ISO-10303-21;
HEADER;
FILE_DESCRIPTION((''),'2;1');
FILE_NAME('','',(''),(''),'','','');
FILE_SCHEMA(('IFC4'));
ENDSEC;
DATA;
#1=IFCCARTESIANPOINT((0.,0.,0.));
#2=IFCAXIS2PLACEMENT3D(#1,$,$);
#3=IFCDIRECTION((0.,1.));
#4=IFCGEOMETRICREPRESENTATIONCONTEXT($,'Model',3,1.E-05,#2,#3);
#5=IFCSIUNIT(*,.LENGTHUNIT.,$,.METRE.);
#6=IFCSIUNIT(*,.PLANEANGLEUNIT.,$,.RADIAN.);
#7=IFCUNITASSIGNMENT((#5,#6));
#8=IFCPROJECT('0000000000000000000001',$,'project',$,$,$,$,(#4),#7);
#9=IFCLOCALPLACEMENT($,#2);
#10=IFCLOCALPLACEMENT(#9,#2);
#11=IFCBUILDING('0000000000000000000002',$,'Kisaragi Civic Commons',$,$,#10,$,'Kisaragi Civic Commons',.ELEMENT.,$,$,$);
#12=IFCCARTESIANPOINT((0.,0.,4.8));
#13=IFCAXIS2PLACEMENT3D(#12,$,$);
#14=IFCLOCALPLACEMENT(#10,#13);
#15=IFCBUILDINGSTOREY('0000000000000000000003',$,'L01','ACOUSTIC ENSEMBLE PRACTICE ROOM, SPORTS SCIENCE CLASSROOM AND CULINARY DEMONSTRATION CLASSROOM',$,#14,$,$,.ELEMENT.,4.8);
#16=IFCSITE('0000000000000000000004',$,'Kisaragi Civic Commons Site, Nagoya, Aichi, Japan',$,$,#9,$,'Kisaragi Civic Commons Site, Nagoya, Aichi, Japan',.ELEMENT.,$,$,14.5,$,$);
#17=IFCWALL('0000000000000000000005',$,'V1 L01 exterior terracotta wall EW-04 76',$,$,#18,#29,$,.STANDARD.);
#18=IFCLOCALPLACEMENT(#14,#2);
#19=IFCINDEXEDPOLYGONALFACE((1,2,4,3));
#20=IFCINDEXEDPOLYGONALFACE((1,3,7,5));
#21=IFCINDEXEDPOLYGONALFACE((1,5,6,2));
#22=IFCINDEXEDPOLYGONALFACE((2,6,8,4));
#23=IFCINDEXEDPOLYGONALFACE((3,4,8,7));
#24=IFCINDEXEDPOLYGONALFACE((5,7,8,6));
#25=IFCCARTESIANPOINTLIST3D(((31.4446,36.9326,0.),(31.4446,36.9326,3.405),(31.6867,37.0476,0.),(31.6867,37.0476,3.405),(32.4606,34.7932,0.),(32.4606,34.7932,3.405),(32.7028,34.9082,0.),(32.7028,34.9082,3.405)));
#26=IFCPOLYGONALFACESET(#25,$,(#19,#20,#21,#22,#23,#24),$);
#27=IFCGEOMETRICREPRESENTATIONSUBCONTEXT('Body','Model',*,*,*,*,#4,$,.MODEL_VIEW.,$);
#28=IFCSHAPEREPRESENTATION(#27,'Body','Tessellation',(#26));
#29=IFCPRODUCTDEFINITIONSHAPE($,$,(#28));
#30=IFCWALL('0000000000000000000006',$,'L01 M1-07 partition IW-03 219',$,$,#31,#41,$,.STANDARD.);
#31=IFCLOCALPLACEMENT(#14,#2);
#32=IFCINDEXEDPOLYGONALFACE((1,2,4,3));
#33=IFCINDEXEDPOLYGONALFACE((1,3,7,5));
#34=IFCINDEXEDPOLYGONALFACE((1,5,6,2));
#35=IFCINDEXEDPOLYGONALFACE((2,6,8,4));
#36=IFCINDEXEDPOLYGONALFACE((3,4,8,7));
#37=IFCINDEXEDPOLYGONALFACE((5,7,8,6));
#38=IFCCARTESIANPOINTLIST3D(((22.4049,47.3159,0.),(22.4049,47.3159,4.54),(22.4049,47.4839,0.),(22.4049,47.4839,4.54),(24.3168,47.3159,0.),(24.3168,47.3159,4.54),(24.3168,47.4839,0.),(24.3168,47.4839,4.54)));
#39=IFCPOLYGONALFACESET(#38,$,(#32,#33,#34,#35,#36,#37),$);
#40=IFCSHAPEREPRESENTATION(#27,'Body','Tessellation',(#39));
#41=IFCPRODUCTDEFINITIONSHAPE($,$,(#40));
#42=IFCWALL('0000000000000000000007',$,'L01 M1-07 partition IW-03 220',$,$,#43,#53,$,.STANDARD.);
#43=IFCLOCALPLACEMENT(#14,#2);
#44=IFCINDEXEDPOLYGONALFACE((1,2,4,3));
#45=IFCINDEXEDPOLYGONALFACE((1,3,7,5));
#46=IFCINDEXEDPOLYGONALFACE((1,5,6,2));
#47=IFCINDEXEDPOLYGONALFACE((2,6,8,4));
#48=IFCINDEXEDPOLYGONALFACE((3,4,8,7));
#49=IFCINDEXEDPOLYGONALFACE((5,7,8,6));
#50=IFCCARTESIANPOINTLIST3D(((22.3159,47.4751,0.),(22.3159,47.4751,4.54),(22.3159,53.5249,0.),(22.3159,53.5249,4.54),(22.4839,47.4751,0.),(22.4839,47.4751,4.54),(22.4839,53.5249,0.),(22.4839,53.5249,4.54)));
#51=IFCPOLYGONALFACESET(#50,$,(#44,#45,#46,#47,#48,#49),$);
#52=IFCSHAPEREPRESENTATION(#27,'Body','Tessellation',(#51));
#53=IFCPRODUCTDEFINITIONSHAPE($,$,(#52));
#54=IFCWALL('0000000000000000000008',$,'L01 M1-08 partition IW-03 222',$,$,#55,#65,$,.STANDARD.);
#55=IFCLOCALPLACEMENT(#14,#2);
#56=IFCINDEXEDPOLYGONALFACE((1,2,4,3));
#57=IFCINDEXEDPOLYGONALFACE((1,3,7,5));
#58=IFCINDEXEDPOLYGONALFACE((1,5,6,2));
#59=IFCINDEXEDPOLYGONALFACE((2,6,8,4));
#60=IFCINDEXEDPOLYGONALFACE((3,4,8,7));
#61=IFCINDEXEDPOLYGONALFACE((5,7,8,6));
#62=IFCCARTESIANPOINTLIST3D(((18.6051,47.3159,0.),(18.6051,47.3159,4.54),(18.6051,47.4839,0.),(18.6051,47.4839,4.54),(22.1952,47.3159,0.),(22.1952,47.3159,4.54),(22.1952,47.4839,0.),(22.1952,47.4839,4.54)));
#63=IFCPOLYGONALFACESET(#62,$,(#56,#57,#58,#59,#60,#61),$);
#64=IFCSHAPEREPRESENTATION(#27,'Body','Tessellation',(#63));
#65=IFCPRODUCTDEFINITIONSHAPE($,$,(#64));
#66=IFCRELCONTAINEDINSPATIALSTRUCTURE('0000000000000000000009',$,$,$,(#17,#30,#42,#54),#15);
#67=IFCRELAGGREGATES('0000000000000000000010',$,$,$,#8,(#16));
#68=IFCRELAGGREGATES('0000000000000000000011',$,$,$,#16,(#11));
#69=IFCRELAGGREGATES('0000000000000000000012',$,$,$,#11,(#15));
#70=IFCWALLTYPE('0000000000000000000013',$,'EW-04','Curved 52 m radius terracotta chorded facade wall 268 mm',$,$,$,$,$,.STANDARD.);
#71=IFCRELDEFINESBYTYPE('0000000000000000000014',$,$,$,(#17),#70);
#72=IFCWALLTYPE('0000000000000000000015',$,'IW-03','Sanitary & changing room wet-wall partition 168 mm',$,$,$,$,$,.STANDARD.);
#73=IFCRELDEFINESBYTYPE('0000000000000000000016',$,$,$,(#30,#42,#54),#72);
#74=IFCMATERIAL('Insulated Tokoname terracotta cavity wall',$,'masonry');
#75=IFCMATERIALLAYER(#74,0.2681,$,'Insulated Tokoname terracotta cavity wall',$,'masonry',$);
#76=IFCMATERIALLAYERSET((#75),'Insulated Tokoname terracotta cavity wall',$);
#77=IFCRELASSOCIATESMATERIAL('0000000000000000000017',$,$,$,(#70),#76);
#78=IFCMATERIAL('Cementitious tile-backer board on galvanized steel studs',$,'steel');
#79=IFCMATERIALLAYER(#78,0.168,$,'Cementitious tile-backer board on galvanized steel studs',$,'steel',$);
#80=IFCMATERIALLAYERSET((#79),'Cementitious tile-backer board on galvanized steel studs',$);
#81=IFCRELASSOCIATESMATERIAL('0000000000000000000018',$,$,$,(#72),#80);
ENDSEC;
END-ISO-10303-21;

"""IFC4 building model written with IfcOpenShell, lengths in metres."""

from ifc_helpers import new_model, si_unit, direction, frame, frame_2d, origin, place, context, subcontext, project, spatial, rectangle, extrude, material, layer, layer_set, type_object, element, save


model = new_model("IFC4")

# Units and contexts
model_context = context("Model", 3, precision=1e-05, world=origin(), true_north=direction((0.0, 1.0)))
body_context = subcontext(model_context, "Body", "Model", "MODEL_VIEW")
ifc_project = project(units=[si_unit("LENGTHUNIT", "METRE"), si_unit("PLANEANGLEUNIT", "RADIAN")], contexts=[model_context])

# Site, building, storey
site_placement = place(None, origin())
site = spatial("IfcSite", under=ifc_project, at=site_placement, Name="Kisaragi Civic Commons Site, Nagoya, Aichi, Japan", LongName="Kisaragi Civic Commons Site, Nagoya, Aichi, Japan", CompositionType="ELEMENT", RefElevation=14.5)
building_placement = place(site_placement, origin())
building = spatial("IfcBuilding", under=site, at=building_placement, Name="Kisaragi Civic Commons", LongName="Kisaragi Civic Commons", CompositionType="ELEMENT")
storey_placement = place(building_placement, frame((0.0, 0.0, 4.8)))
storey = spatial("IfcBuildingStorey", under=building, at=storey_placement, Name="L01", Description="ACOUSTIC ENSEMBLE PRACTICE ROOM, SPORTS SCIENCE CLASSROOM AND CULINARY DEMONSTRATION CLASSROOM", CompositionType="ELEMENT", Elevation=4.8)

# Shared definitions
ifc_material_1 = material(Name="Insulated Tokoname terracotta cavity wall", Category="masonry")
ifc_layer_1 = layer(ifc_material_1, 0.2681, Name="Insulated Tokoname terracotta cavity wall", Category="masonry")
ifc_layer_set_1 = layer_set([ifc_layer_1], Name="Insulated Tokoname terracotta cavity wall")
wall_type_1 = type_object("IfcWallType", Name="EW-04", Description="Curved 52 m radius terracotta chorded facade wall 268 mm", PredefinedType="STANDARD", material=ifc_layer_set_1)

# Walls
wall_1_placement = place(storey_placement, frame((31.5657, 36.99, 0.0), z_axis=(0.0, 0.0, 1.0), x_axis=(0.429021, -0.903294, 0.0)))
element("IfcWall", 1, at=wall_1_placement, inside=storey, type_object=wall_type_1, Name="V1 L01 exterior terracotta wall EW-04 76", PredefinedType="STANDARD", context=body_context, shape_type="SweptSolid", body=[
    extrude(rectangle(XDim=2.3684, YDim=0.2681, at=frame_2d((1.1841, 0.0))), origin(), (0.0, 0.0, 1.0), 3.405),
])
ifc_material_2 = material(Name="Cementitious tile-backer board on galvanized steel studs", Category="steel")
ifc_layer_2 = layer(ifc_material_2, 0.168, Name="Cementitious tile-backer board on galvanized steel studs", Category="steel")
ifc_layer_set_2 = layer_set([ifc_layer_2], Name="Cementitious tile-backer board on galvanized steel studs")
wall_type_2 = type_object("IfcWallType", Name="IW-03", Description="Sanitary & changing room wet-wall partition 168 mm", PredefinedType="STANDARD", material=ifc_layer_set_2)
wall_2_placement = place(storey_placement, frame((24.3169, 47.3999, 0.0), z_axis=(0.0, 0.0, 1.0), x_axis=(-1.0, 0.0, 0.0)))
element("IfcWall", 2, at=wall_2_placement, inside=storey, type_object=wall_type_2, Name="L01 M1-07 partition IW-03 219", PredefinedType="STANDARD", context=body_context, shape_type="SweptSolid", body=[
    extrude(rectangle(XDim=1.9119, YDim=0.168, at=frame_2d((0.9561, 0.0))), origin(), (0.0, 0.0, 1.0), 4.54),
])
wall_3_placement = place(storey_placement, frame((22.3999, 47.4751, 0.0), z_axis=(0.0, 0.0, 1.0), x_axis=(0.0, 1.0, 0.0)))
element("IfcWall", 3, at=wall_3_placement, inside=storey, type_object=wall_type_2, Name="L01 M1-07 partition IW-03 220", PredefinedType="STANDARD", context=body_context, shape_type="SweptSolid", body=[
    extrude(rectangle(XDim=6.0498, YDim=0.168, at=frame_2d((3.0249, 0.0))), origin(), (0.0, 0.0, 1.0), 4.54),
])
wall_4_placement = place(storey_placement, frame((22.1951, 47.3999, 0.0), z_axis=(0.0, 0.0, 1.0), x_axis=(-1.0, 0.0, 0.0)))
element("IfcWall", 4, at=wall_4_placement, inside=storey, type_object=wall_type_2, Name="L01 M1-08 partition IW-03 222", PredefinedType="STANDARD", context=body_context, shape_type="SweptSolid", body=[
    extrude(rectangle(XDim=3.5901, YDim=0.168, at=frame_2d((1.7949, 0.0))), origin(), (0.0, 0.0, 1.0), 4.54),
])

save(model, "model.ifc")
